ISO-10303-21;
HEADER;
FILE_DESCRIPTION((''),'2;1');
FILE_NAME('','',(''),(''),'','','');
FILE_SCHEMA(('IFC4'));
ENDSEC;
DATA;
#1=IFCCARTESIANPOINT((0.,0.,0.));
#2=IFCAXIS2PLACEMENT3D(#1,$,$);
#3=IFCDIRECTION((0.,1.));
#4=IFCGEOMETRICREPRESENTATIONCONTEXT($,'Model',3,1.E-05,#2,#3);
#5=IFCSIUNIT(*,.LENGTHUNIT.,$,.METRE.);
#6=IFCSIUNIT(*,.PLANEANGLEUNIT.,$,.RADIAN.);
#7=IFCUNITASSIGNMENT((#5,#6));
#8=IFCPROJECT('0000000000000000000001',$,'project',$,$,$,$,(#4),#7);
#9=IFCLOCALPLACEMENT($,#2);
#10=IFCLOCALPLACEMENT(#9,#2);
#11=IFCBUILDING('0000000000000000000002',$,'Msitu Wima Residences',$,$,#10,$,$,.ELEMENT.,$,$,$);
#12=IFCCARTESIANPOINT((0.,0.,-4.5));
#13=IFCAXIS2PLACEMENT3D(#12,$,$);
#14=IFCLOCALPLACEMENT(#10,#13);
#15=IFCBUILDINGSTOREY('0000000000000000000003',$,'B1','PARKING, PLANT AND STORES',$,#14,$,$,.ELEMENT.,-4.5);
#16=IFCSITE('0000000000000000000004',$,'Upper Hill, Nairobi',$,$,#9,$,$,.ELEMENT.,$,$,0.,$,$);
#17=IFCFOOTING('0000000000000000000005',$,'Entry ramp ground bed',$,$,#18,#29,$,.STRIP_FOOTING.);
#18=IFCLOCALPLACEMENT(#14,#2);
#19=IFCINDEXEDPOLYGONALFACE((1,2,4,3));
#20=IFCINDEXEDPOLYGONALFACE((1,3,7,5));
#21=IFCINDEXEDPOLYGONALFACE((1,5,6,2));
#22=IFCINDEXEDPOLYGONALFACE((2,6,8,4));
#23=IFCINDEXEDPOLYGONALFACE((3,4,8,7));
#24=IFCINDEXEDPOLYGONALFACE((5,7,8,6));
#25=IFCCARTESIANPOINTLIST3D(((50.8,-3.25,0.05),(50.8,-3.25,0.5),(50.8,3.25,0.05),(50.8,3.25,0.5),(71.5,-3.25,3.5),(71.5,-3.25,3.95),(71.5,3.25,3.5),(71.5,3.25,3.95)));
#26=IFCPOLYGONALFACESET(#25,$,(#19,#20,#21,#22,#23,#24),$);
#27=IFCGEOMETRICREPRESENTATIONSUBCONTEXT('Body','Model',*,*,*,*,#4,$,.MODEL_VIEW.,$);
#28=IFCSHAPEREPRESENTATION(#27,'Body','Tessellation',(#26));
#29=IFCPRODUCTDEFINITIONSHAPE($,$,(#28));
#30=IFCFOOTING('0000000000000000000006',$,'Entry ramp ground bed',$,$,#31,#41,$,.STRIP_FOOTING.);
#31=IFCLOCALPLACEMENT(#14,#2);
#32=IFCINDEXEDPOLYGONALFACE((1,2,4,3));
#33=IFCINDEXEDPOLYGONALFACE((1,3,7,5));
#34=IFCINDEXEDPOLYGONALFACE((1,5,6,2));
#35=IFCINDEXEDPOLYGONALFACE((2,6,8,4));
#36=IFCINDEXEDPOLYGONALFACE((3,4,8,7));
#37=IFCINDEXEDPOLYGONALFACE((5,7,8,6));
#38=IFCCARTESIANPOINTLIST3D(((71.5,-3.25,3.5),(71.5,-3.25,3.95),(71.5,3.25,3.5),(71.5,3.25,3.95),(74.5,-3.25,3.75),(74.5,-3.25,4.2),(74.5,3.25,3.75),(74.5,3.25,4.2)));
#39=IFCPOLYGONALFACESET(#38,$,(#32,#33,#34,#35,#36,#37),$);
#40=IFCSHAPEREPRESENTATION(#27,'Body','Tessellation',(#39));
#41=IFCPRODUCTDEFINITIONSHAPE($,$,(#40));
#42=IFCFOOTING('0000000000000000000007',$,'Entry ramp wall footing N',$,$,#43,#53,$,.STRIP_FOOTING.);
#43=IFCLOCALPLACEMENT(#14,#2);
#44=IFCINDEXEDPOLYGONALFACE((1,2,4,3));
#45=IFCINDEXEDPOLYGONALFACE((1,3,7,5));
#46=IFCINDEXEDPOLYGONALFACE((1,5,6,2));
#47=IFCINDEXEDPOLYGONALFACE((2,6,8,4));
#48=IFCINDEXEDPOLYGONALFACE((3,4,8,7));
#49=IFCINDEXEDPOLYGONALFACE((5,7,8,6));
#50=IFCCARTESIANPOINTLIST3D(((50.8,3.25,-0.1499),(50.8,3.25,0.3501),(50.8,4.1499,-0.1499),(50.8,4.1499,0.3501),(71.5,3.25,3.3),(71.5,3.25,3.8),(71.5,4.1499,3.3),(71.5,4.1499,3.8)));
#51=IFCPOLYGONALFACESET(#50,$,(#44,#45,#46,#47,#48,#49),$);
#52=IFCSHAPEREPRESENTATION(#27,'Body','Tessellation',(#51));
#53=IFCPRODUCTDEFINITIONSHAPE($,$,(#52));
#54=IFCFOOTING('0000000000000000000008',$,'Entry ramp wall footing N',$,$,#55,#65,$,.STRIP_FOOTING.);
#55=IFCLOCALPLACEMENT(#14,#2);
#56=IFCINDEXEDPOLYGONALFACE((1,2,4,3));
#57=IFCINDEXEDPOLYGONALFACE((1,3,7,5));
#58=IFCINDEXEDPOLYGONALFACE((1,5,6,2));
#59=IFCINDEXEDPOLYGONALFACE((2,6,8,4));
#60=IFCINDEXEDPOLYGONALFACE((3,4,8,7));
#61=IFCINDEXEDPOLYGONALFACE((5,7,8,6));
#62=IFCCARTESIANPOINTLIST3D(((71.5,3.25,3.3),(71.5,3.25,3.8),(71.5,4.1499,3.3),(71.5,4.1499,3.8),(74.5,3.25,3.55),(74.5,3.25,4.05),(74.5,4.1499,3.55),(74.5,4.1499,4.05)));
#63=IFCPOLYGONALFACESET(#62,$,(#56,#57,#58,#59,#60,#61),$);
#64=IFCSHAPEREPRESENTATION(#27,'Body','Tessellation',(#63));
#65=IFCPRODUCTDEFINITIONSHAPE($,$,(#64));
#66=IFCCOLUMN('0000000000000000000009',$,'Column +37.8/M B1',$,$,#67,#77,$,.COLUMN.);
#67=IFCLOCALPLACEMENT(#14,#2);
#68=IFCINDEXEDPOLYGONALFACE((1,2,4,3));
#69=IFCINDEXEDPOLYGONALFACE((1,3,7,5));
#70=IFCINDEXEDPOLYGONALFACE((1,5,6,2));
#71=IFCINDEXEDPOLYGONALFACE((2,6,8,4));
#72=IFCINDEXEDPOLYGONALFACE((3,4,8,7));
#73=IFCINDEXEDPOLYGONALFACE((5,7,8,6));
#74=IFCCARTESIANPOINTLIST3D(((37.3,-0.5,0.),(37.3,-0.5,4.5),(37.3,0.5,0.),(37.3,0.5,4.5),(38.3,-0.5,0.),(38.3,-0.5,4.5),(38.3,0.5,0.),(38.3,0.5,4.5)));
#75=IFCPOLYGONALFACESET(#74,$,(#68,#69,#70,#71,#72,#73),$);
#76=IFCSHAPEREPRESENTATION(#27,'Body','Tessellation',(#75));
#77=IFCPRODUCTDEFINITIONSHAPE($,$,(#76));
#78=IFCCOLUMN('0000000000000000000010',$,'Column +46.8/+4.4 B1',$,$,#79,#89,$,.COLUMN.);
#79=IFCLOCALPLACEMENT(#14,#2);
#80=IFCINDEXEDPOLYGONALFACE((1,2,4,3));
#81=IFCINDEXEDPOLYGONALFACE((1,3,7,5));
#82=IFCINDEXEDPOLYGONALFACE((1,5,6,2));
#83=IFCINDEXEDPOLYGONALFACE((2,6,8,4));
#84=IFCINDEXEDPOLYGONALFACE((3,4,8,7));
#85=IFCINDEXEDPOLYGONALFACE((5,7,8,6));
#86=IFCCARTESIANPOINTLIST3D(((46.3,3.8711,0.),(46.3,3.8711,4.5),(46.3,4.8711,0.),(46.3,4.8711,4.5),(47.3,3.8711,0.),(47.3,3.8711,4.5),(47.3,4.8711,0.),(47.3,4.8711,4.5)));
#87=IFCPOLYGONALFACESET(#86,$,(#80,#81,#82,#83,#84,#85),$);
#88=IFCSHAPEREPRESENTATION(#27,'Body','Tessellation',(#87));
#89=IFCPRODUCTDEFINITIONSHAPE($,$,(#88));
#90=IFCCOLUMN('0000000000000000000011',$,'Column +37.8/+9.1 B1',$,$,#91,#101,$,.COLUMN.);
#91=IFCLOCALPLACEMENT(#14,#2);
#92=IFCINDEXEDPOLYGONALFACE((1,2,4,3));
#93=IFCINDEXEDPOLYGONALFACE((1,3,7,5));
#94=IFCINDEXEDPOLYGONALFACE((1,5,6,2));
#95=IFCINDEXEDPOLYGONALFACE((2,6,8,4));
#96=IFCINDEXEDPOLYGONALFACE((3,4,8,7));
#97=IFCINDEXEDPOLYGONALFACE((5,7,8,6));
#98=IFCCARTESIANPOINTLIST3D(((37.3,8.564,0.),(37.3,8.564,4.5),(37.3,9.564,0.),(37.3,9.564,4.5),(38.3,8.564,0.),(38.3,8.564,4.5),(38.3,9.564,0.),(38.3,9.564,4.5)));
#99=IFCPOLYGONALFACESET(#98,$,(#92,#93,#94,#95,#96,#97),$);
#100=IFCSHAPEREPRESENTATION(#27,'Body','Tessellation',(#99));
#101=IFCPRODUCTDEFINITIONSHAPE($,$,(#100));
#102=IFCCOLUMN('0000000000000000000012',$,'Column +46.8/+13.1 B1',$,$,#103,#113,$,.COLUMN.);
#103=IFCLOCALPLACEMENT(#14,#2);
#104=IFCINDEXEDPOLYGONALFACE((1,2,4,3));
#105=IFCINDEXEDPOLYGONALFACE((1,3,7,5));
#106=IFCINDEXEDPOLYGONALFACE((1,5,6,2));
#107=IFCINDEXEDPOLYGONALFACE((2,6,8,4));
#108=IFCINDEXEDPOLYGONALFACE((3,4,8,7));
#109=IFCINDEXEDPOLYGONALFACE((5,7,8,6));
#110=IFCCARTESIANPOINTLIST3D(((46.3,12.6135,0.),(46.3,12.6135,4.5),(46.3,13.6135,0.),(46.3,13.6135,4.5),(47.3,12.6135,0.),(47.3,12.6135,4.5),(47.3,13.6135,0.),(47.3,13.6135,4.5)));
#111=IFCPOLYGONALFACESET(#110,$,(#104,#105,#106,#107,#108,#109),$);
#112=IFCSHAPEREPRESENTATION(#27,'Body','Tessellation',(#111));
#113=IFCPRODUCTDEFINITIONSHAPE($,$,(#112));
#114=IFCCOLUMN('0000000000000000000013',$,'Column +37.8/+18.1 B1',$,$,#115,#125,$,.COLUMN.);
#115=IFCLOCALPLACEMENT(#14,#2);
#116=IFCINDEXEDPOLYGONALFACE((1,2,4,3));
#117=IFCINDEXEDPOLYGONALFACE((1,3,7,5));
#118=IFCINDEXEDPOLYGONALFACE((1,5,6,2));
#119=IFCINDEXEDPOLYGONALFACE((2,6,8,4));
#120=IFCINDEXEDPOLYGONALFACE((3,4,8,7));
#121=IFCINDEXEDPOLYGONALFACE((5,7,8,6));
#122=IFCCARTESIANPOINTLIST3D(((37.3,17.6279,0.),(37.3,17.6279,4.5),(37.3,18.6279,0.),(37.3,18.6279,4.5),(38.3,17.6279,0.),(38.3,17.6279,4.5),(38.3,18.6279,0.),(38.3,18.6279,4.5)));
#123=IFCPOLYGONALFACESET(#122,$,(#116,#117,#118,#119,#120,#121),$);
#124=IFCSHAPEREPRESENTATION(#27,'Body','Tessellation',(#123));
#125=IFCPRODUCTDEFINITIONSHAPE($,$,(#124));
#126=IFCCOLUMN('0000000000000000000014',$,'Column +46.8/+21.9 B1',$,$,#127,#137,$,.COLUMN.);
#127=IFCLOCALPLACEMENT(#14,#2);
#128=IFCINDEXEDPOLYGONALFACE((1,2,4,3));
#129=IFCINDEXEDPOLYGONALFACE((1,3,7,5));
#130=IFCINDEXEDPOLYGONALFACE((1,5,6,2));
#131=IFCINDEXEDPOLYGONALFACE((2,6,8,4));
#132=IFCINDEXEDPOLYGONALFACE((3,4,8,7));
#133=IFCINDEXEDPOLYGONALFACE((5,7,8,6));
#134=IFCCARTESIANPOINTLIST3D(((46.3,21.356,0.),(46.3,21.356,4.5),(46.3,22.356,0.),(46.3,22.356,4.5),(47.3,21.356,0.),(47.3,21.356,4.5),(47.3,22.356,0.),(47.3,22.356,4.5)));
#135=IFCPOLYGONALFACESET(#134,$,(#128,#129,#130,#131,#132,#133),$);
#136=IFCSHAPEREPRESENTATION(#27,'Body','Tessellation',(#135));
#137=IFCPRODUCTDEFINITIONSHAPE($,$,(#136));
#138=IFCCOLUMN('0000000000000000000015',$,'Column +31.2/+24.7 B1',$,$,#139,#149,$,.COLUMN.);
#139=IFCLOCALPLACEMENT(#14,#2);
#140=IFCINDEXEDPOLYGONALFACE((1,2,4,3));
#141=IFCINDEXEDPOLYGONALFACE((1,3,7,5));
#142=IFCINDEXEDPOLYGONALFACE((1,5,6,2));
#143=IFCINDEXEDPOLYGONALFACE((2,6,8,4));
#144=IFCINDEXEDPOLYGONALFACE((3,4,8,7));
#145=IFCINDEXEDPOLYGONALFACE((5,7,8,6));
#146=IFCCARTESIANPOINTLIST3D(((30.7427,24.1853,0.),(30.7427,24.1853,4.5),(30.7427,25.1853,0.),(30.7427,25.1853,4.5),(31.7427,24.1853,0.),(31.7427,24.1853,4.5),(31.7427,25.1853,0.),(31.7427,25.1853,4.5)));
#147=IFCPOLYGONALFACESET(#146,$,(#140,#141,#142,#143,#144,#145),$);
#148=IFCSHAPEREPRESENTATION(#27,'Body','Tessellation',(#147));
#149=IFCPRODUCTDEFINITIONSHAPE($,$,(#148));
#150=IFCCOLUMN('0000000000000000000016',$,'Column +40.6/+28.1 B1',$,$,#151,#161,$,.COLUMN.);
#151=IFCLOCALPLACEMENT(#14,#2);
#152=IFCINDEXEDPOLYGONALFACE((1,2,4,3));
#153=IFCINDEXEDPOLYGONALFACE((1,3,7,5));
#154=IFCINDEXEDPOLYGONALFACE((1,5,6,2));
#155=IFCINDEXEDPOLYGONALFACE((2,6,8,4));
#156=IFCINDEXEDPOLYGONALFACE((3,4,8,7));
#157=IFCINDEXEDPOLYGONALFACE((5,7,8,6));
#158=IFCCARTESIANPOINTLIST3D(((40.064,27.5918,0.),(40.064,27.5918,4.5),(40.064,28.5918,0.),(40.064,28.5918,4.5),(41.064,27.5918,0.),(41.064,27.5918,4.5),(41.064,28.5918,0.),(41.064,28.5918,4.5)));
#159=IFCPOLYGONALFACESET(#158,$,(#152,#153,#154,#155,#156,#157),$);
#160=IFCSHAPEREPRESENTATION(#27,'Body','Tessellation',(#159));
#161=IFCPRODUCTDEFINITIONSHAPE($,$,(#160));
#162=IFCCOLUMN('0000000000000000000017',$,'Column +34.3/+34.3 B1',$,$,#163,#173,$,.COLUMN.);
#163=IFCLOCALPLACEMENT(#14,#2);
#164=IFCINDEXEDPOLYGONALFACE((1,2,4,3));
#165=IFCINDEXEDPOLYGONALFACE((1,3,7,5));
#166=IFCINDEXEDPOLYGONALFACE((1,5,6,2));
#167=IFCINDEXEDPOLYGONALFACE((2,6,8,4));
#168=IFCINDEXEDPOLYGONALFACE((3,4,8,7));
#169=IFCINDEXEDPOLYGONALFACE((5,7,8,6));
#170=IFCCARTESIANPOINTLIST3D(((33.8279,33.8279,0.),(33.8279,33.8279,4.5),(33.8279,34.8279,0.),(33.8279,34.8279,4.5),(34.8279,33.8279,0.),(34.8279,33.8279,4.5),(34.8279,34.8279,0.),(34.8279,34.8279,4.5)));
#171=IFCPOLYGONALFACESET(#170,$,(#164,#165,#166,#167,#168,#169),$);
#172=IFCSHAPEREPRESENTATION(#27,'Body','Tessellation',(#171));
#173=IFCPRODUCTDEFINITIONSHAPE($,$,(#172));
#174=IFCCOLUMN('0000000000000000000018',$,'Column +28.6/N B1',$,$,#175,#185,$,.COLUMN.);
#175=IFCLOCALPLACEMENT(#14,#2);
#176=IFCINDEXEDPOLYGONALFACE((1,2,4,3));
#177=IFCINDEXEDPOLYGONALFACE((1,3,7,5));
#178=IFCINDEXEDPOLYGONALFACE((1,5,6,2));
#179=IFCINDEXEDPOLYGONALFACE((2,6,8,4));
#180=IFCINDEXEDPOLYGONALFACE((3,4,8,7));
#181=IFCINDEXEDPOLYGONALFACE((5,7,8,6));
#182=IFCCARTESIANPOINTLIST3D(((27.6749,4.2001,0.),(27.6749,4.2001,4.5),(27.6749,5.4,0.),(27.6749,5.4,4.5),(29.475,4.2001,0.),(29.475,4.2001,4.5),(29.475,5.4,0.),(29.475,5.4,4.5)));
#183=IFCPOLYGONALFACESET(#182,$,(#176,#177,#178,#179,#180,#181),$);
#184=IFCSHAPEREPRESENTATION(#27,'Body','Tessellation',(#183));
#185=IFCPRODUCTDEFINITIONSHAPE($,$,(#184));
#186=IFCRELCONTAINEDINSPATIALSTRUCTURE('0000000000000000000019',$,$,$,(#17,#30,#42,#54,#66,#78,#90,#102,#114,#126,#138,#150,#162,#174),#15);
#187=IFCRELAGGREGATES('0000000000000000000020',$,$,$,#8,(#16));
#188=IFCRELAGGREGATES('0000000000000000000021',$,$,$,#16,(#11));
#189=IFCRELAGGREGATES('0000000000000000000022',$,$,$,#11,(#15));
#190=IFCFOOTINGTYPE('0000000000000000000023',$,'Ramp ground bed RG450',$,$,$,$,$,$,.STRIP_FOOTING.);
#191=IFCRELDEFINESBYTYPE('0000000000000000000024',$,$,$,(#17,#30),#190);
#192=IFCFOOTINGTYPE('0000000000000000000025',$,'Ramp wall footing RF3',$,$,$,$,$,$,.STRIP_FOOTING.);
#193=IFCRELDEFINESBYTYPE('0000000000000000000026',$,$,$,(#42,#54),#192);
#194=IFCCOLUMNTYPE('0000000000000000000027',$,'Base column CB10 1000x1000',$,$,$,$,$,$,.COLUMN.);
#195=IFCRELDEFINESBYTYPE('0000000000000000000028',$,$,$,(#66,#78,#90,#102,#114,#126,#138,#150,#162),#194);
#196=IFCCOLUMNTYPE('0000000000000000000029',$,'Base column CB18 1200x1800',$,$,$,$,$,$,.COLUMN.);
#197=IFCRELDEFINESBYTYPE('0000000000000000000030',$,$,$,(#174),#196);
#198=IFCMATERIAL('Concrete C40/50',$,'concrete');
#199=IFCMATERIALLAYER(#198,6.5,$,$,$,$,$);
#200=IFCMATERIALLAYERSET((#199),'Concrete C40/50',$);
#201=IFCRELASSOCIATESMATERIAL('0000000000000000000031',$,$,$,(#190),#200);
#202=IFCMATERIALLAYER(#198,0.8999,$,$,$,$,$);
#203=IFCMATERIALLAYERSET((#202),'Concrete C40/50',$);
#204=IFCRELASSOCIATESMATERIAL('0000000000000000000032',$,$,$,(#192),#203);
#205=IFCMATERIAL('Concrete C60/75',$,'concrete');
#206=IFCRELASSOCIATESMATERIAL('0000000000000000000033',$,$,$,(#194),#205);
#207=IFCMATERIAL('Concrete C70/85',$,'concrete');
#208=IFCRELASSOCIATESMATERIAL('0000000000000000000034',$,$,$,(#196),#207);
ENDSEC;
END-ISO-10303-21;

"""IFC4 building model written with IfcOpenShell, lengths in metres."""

from ifc_helpers import new_model, si_unit, direction, frame, origin, origin_2d, place, context, subcontext, project, spatial, polyline, rectangle, outline, extrude, material, layer, layer_set, material_profile, profile_set, type_object, element, save


model = new_model("IFC4")

# Units and contexts
model_context = context("Model", 3, precision=1e-05, world=origin(), true_north=direction((0.0, 1.0)))
body_context = subcontext(model_context, "Body", "Model", "MODEL_VIEW")
ifc_project = project(units=[si_unit("LENGTHUNIT", "METRE"), si_unit("PLANEANGLEUNIT", "RADIAN")], contexts=[model_context])

# Site, building, storey
site_placement = place(None, origin())
site = spatial("IfcSite", under=ifc_project, at=site_placement, Name="Upper Hill, Nairobi", CompositionType="ELEMENT", RefElevation=0.0)
building_placement = place(site_placement, origin())
building = spatial("IfcBuilding", under=site, at=building_placement, Name="Msitu Wima Residences", CompositionType="ELEMENT")
storey_placement = place(building_placement, frame((0.0, 0.0, -4.5)))
storey = spatial("IfcBuildingStorey", under=building, at=storey_placement, Name="B1", Description="PARKING, PLANT AND STORES", CompositionType="ELEMENT", Elevation=-4.5)

# Footings
ifc_material_1 = material(Name="Concrete C40/50", Category="concrete")
ifc_layer_1 = layer(ifc_material_1, 6.5)
ifc_layer_set_1 = layer_set([ifc_layer_1], Name="Concrete C40/50")
footing_type_1 = type_object("IfcFootingType", Name="Ramp ground bed RG450", PredefinedType="STRIP_FOOTING", material=ifc_layer_set_1)
footing_1_placement = place(storey_placement, frame((50.8, 0.0, 0.05), z_axis=(0.0, 0.0, 1.0), x_axis=(1.0, 0.0, 0.0)))
element("IfcFooting", 1, at=footing_1_placement, inside=storey, type_object=footing_type_1, Name="Entry ramp ground bed", PredefinedType="STRIP_FOOTING", context=body_context, shape_type="SweptSolid", body=[
    extrude(outline(polyline([(0.0, 0.0), (20.7, 3.45), (20.7, 3.8999), (0.0, 0.45), (0.0, 0.0)])), frame((0.0, 3.25, 0.0), z_axis=(0.0, -1.0, 0.0), x_axis=(1.0, 0.0, 0.0)), (0.0, 0.0, 1.0), 6.5),
])
footing_2_placement = place(storey_placement, frame((71.5, 0.0, 3.5), z_axis=(0.0, 0.0, 1.0), x_axis=(1.0, 0.0, 0.0)))
element("IfcFooting", 2, at=footing_2_placement, inside=storey, type_object=footing_type_1, Name="Entry ramp ground bed", PredefinedType="STRIP_FOOTING", context=body_context, shape_type="SweptSolid", body=[
    extrude(outline(polyline([(0.0, 0.0), (3.0, 0.25), (3.0, 0.7), (0.0, 0.45), (0.0, 0.0)])), frame((0.0, 3.25, 0.0), z_axis=(0.0, -1.0, 0.0), x_axis=(1.0, 0.0, 0.0)), (0.0, 0.0, 1.0), 6.5),
])
ifc_layer_2 = layer(ifc_material_1, 0.8999)
ifc_layer_set_2 = layer_set([ifc_layer_2], Name="Concrete C40/50")
footing_type_2 = type_object("IfcFootingType", Name="Ramp wall footing RF3", PredefinedType="STRIP_FOOTING", material=ifc_layer_set_2)
footing_3_placement = place(storey_placement, frame((50.8, 3.7, -0.1499), z_axis=(0.0, 0.0, 1.0), x_axis=(1.0, 0.0, 0.0)))
element("IfcFooting", 3, at=footing_3_placement, inside=storey, type_object=footing_type_2, Name="Entry ramp wall footing N", PredefinedType="STRIP_FOOTING", context=body_context, shape_type="SweptSolid", body=[
    extrude(outline(polyline([(0.0, 0.0), (20.7, 3.45), (20.7, 3.95), (0.0, 0.5), (0.0, 0.0)])), frame((0.0, 0.45, 0.0), z_axis=(0.0, -1.0, 0.0), x_axis=(1.0, 0.0, 0.0)), (0.0, 0.0, 1.0), 0.8999),
])
footing_4_placement = place(storey_placement, frame((71.5, 3.7, 3.3), z_axis=(0.0, 0.0, 1.0), x_axis=(1.0, 0.0, 0.0)))
element("IfcFooting", 4, at=footing_4_placement, inside=storey, type_object=footing_type_2, Name="Entry ramp wall footing N", PredefinedType="STRIP_FOOTING", context=body_context, shape_type="SweptSolid", body=[
    extrude(outline(polyline([(0.0, 0.0), (3.0, 0.25), (3.0, 0.75), (0.0, 0.5), (0.0, 0.0)])), frame((0.0, 0.45, 0.0), z_axis=(0.0, -1.0, 0.0), x_axis=(1.0, 0.0, 0.0)), (0.0, 0.0, 1.0), 0.8999),
])

# Columns
ifc_material_2 = material(Name="Concrete C60/75", Category="concrete")
ifc_material_profile_1 = material_profile(ifc_material_2, rectangle(XDim=1.0, YDim=1.0, at=origin_2d()), Name="RC 1000x1000")
ifc_profile_set_1 = profile_set([ifc_material_profile_1], Name="Concrete C60/75")
column_type_1 = type_object("IfcColumnType", Name="Base column CB10 1000x1000", PredefinedType="COLUMN", material=ifc_profile_set_1)
for number, where, z_axis, x_axis, name in (
    (5, (37.8, 0.0, 0.0), (0.0, 0.0, 1.0), (1.0, 0.0, 0.0), "Column +37.8/M B1"),
    (6, (46.8, 4.3711, 0.0), (0.0, 0.0, 1.0), (1.0, 0.0, 0.0), "Column +46.8/+4.4 B1"),
    (7, (37.8, 9.064, 0.0), (0.0, 0.0, 1.0), (1.0, 0.0, 0.0), "Column +37.8/+9.1 B1"),
    (8, (46.8, 13.1135, 0.0), (0.0, 0.0, 1.0), (1.0, 0.0, 0.0), "Column +46.8/+13.1 B1"),
    (9, (37.8, 18.1279, 0.0), (0.0, 0.0, 1.0), (1.0, 0.0, 0.0), "Column +37.8/+18.1 B1"),
    (10, (46.8, 21.856, 0.0), (0.0, 0.0, 1.0), (1.0, 0.0, 0.0), "Column +46.8/+21.9 B1"),
    (11, (31.2427, 24.6853, 0.0), (0.0, 0.0, 1.0), (1.0, 0.0, 0.0), "Column +31.2/+24.7 B1"),
    (12, (40.564, 28.0918, 0.0), (0.0, 0.0, 1.0), (1.0, 0.0, 0.0), "Column +40.6/+28.1 B1"),
    (13, (34.3279, 34.3279, 0.0), (0.0, 0.0, 1.0), (1.0, 0.0, 0.0), "Column +34.3/+34.3 B1"),
):
    element("IfcColumn", number, at=place(storey_placement, frame(where, z_axis=z_axis, x_axis=x_axis)), inside=storey, type_object=column_type_1, Name=name, PredefinedType="COLUMN", context=body_context, shape_type="SweptSolid", body=[
        extrude(rectangle(XDim=1.0, YDim=1.0, at=origin_2d()), origin(), (0.0, 0.0, 1.0), 4.5),
    ])
ifc_material_3 = material(Name="Concrete C70/85", Category="concrete")
ifc_material_profile_2 = material_profile(ifc_material_3, rectangle(XDim=1.2, YDim=1.8, at=origin_2d()), Name="RC 1200x1800")
ifc_profile_set_2 = profile_set([ifc_material_profile_2], Name="Concrete C70/85")
column_type_2 = type_object("IfcColumnType", Name="Base column CB18 1200x1800", PredefinedType="COLUMN", material=ifc_profile_set_2)
column_placement = place(storey_placement, frame((28.575, 4.8, 0.0), z_axis=(0.0, 0.0, 1.0), x_axis=(0.0, 1.0, 0.0)))
element("IfcColumn", 14, at=column_placement, inside=storey, type_object=column_type_2, Name="Column +28.6/N B1", PredefinedType="COLUMN", context=body_context, shape_type="SweptSolid", body=[
    extrude(rectangle(XDim=1.2, YDim=1.8, at=origin_2d()), origin(), (0.0, 0.0, 1.0), 4.5),
])

save(model, "model.ifc")
